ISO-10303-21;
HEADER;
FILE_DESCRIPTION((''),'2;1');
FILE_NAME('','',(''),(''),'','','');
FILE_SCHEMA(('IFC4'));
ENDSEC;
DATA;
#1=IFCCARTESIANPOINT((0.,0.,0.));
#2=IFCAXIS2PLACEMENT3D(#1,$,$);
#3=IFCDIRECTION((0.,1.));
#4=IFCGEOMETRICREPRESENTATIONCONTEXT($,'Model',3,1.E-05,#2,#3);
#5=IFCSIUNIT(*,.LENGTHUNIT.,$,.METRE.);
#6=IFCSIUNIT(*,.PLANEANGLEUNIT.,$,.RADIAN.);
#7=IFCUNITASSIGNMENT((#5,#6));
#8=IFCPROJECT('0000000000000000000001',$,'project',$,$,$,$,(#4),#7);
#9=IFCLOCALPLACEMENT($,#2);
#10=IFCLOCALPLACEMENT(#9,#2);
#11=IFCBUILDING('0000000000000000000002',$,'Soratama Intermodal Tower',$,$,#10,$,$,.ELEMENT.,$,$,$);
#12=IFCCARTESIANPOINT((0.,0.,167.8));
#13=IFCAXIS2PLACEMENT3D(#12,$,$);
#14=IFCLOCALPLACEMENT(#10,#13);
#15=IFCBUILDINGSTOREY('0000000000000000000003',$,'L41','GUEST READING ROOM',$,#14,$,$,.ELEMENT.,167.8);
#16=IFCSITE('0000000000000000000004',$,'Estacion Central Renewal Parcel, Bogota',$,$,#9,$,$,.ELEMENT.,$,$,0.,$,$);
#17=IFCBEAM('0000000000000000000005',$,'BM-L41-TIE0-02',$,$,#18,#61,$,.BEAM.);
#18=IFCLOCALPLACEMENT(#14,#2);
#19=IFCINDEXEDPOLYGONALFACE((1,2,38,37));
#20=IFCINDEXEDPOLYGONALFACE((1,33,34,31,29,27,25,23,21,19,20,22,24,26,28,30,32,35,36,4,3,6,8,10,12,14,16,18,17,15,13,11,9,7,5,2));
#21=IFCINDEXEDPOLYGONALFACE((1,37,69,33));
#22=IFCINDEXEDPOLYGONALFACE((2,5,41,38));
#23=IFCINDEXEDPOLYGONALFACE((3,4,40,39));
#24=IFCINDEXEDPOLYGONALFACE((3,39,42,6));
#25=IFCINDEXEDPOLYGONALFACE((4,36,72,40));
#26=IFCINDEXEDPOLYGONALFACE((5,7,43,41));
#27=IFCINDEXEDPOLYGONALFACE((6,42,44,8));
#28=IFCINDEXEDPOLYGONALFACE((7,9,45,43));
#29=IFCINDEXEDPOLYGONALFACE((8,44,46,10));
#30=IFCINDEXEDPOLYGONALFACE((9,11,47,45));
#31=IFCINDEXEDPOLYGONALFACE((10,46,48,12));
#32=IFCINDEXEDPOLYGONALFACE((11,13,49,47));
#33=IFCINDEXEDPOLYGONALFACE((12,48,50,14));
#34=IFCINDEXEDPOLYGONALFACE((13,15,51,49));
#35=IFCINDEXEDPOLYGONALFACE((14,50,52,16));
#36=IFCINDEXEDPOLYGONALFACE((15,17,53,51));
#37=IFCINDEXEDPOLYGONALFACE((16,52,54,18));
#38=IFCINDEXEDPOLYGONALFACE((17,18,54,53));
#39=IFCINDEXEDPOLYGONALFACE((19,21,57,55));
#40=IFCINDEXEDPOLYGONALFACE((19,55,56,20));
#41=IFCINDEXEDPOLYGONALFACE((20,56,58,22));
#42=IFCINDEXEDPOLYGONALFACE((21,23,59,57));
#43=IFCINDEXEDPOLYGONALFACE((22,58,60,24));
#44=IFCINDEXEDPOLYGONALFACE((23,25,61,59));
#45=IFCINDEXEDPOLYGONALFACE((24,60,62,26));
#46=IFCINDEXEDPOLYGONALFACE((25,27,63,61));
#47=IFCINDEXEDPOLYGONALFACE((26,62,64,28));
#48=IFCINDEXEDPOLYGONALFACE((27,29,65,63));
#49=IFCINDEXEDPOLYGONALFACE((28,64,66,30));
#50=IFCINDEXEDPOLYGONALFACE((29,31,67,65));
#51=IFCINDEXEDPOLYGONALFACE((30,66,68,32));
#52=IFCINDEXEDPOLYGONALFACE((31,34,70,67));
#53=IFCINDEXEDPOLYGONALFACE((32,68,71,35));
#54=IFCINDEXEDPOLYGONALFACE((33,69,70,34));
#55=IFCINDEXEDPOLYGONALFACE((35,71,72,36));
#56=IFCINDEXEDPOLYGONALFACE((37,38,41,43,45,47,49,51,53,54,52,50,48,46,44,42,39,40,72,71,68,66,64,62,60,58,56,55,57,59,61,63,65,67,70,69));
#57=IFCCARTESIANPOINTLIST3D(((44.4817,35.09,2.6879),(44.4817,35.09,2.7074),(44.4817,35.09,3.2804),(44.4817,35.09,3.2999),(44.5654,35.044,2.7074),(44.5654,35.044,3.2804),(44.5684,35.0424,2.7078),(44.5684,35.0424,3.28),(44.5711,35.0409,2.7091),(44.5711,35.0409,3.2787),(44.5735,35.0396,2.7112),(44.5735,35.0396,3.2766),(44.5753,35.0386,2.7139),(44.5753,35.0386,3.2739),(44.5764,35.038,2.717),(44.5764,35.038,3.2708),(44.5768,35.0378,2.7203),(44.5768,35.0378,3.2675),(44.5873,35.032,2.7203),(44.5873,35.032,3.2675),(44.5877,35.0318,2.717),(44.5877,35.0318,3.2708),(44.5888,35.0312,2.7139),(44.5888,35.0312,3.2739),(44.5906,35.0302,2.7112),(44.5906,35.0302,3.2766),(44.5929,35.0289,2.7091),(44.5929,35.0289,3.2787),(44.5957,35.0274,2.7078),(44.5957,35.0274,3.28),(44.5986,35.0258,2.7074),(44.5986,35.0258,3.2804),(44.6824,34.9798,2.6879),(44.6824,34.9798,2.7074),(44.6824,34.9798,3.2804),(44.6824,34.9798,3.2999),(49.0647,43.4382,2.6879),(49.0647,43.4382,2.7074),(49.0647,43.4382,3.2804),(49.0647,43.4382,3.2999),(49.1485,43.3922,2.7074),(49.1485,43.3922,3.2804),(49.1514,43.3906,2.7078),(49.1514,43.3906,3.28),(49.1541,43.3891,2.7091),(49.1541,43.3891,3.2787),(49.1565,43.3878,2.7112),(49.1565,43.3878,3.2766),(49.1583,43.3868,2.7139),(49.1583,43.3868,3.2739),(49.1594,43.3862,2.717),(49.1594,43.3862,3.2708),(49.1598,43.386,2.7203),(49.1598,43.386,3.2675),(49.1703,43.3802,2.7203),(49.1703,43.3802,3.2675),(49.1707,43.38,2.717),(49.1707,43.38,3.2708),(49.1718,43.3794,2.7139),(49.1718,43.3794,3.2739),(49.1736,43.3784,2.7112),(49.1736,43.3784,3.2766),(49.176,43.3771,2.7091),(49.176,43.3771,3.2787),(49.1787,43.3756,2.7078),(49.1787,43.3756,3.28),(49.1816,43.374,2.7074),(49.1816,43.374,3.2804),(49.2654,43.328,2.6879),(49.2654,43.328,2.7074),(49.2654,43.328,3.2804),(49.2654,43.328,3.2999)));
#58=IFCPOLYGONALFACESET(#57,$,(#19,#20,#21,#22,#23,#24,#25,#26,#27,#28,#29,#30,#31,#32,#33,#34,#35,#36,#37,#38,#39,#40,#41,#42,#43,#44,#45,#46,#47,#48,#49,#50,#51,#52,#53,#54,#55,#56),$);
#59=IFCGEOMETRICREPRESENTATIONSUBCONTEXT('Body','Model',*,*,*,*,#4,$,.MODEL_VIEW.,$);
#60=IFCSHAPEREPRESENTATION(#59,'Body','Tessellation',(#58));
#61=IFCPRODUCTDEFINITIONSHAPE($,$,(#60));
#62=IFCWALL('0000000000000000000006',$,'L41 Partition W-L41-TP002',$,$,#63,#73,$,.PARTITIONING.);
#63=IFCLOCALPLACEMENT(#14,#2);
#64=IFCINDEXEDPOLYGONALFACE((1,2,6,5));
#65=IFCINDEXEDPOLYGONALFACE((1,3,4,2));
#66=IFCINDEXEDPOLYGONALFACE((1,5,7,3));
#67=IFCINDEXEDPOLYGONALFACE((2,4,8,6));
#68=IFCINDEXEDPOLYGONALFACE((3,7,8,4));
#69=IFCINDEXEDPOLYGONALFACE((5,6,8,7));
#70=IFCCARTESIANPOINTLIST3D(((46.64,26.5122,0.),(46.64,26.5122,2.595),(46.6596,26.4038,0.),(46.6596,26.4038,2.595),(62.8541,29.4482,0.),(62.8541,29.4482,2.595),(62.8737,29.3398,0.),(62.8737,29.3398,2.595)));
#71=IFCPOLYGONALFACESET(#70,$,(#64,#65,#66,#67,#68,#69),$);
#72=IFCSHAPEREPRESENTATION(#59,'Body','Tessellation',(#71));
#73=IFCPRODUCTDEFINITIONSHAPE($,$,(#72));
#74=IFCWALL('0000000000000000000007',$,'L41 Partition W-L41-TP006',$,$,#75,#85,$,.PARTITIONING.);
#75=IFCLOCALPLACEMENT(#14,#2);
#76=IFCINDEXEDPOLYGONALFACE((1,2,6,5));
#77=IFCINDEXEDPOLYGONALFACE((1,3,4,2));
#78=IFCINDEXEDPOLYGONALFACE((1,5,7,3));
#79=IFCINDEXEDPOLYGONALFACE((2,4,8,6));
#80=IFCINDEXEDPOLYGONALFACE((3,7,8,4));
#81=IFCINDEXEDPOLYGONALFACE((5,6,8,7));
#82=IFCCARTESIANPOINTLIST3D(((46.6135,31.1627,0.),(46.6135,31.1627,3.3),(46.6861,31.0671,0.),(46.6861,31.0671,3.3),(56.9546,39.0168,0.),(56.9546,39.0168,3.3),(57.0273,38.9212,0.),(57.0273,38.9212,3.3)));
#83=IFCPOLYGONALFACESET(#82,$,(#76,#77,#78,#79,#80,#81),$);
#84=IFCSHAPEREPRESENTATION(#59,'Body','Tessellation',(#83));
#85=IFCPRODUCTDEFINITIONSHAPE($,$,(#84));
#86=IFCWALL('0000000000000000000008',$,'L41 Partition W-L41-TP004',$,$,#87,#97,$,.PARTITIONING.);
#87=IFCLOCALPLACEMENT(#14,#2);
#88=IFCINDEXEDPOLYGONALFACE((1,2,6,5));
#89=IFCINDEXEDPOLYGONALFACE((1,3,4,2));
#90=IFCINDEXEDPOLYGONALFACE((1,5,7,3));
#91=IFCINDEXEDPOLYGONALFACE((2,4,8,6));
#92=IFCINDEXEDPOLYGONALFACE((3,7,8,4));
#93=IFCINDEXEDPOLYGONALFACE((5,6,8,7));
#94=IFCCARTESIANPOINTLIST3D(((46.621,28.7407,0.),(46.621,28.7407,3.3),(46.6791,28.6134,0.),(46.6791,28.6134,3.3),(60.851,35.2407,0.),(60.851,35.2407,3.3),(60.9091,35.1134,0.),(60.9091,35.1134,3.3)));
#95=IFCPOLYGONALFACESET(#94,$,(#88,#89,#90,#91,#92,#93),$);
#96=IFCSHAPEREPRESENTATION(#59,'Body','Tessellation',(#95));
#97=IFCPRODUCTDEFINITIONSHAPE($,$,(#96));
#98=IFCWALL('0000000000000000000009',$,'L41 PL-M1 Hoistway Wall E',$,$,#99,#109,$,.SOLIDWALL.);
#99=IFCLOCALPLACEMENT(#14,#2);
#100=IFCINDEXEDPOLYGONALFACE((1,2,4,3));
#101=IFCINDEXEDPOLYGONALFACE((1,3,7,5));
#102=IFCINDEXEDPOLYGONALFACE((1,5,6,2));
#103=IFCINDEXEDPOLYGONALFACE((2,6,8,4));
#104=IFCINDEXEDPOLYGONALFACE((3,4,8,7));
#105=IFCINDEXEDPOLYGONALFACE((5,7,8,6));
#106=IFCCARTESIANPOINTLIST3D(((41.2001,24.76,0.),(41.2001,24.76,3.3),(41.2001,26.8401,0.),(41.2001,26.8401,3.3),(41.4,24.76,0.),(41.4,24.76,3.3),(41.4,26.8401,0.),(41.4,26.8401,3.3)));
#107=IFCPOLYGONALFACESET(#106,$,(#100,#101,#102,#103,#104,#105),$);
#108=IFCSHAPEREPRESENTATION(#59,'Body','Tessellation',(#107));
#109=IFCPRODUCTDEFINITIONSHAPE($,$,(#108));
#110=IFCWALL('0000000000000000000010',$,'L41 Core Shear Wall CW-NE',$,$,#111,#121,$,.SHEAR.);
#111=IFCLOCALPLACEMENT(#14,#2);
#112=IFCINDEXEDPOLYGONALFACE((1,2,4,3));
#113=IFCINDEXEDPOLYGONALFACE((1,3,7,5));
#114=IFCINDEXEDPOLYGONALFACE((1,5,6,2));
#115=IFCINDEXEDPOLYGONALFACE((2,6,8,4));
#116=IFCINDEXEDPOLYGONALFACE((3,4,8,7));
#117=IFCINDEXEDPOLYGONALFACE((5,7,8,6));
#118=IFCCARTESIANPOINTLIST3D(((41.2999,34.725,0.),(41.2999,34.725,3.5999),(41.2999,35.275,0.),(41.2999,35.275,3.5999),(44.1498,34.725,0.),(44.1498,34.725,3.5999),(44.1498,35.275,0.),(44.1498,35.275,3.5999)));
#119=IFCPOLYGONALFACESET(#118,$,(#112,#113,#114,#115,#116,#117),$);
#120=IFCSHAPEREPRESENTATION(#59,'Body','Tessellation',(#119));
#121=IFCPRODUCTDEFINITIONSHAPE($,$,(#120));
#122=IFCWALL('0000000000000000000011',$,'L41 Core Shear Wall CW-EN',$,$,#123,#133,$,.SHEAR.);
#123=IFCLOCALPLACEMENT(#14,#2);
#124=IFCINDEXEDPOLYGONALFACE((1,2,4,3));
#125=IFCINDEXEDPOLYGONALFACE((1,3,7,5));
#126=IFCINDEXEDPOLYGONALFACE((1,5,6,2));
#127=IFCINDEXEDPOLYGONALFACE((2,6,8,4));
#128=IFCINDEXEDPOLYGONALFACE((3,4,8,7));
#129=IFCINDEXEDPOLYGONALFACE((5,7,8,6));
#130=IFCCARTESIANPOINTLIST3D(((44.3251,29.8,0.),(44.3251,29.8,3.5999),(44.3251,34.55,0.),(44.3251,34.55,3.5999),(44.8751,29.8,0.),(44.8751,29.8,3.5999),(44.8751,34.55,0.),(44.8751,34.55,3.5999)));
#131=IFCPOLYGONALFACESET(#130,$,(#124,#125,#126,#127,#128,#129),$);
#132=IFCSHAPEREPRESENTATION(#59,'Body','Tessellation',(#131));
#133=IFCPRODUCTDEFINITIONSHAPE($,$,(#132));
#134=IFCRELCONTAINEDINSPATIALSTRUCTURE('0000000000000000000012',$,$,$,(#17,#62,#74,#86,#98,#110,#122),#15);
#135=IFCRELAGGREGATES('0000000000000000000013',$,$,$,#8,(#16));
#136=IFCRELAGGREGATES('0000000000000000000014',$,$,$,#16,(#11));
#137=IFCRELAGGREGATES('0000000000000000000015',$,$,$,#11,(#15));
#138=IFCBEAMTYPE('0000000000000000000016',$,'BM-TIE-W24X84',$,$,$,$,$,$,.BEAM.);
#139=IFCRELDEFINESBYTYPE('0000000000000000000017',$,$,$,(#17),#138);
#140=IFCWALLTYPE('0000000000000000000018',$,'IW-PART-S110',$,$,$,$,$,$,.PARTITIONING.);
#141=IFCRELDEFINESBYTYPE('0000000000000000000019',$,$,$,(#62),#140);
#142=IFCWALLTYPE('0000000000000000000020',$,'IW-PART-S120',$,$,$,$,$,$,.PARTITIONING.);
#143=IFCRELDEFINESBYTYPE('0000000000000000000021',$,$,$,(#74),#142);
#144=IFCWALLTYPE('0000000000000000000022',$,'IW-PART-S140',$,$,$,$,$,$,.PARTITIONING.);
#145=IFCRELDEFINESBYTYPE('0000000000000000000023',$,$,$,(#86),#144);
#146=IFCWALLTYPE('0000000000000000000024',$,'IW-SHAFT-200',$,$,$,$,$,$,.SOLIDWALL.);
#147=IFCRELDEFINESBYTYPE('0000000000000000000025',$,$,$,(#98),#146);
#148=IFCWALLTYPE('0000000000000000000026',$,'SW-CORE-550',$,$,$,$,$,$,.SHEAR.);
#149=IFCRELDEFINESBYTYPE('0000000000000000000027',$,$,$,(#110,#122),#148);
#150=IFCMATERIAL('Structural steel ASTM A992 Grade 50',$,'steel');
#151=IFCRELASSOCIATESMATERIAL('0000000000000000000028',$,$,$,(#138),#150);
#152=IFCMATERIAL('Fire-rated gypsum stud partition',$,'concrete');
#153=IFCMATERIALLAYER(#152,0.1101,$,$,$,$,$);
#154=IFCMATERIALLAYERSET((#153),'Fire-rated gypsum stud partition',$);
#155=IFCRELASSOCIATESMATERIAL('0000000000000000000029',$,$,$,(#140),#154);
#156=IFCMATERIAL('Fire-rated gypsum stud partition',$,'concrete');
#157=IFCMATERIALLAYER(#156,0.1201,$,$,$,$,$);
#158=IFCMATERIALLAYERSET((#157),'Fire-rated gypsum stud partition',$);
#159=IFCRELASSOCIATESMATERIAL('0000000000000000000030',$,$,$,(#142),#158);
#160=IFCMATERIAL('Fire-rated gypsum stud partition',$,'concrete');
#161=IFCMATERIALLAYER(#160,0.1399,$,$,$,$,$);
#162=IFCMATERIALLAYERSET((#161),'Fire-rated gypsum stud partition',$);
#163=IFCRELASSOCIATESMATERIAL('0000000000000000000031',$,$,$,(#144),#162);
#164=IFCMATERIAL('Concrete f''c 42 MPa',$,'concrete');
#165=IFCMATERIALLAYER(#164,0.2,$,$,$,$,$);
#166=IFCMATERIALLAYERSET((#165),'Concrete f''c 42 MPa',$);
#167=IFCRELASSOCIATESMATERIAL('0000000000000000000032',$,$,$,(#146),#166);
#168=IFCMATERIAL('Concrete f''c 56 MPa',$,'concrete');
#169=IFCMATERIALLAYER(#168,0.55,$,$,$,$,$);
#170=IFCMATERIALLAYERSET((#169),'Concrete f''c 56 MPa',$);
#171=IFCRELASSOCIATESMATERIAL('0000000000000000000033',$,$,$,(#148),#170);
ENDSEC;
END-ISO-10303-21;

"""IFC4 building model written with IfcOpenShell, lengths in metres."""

from ifc_helpers import new_model, si_unit, direction, frame, frame_2d, origin, origin_2d, place, context, subcontext, project, spatial, rectangle, i_section, extrude, material, layer, layer_set, material_profile, profile_set, type_object, element, save


model = new_model("IFC4")

# Units and contexts
model_context = context("Model", 3, precision=1e-05, world=origin(), true_north=direction((0.0, 1.0)))
body_context = subcontext(model_context, "Body", "Model", "MODEL_VIEW")
ifc_project = project(units=[si_unit("LENGTHUNIT", "METRE"), si_unit("PLANEANGLEUNIT", "RADIAN")], contexts=[model_context])

# Site, building, storey
site_placement = place(None, origin())
site = spatial("IfcSite", under=ifc_project, at=site_placement, Name="Estacion Central Renewal Parcel, Bogota", CompositionType="ELEMENT", RefElevation=0.0)
building_placement = place(site_placement, origin())
building = spatial("IfcBuilding", under=site, at=building_placement, Name="Soratama Intermodal Tower", CompositionType="ELEMENT")
storey_placement = place(building_placement, frame((0.0, 0.0, 167.8)))
storey = spatial("IfcBuildingStorey", under=building, at=storey_placement, Name="L41", Description="GUEST READING ROOM", CompositionType="ELEMENT", Elevation=167.8)

# Beam
ifc_material_1 = material(Name="Structural steel ASTM A992 Grade 50", Category="steel")
ifc_material_profile_1 = material_profile(ifc_material_1, i_section(OverallWidth=0.229, OverallDepth=0.6121, WebThickness=0.012, FlangeThickness=0.0195, FilletRadius=0.0129, at=origin_2d()), Name="W24X84")
ifc_profile_set_1 = profile_set([ifc_material_profile_1], Name="Structural steel ASTM A992 Grade 50")
beam_type_1 = type_object("IfcBeamType", Name="BM-TIE-W24X84", PredefinedType="BEAM", material=ifc_profile_set_1)
beam_1_placement = place(storey_placement, frame((44.582, 35.0349, 2.9939), z_axis=(0.481236, 0.876591, 0.0), x_axis=(-0.876591, 0.481236, 0.0)))
element("IfcBeam", 1, at=beam_1_placement, inside=storey, type_object=beam_type_1, Name="BM-L41-TIE0-02", PredefinedType="BEAM", context=body_context, shape_type="SweptSolid", body=[
    extrude(i_section(OverallWidth=0.229, OverallDepth=0.6121, WebThickness=0.012, FlangeThickness=0.0195, FilletRadius=0.0129, at=origin_2d()), origin(), (0.0, 0.0, 1.0), 9.5234),
])

# Walls
ifc_material_2 = material(Name="Fire-rated gypsum stud partition", Category="concrete")
ifc_layer_1 = layer(ifc_material_2, 0.1101)
ifc_layer_set_1 = layer_set([ifc_layer_1], Name="Fire-rated gypsum stud partition")
wall_type_1 = type_object("IfcWallType", Name="IW-PART-S110", PredefinedType="PARTITIONING", material=ifc_layer_set_1)
wall_1_placement = place(storey_placement, frame((46.6499, 26.458, 0.0), z_axis=(0.0, 0.0, 1.0), x_axis=(0.983998, 0.178181, 0.0)))
element("IfcWall", 2, at=wall_1_placement, inside=storey, type_object=wall_type_1, Name="L41 Partition W-L41-TP002", PredefinedType="PARTITIONING", context=body_context, shape_type="SweptSolid", body=[
    extrude(rectangle(XDim=16.4778, YDim=0.1101, at=frame_2d((8.2388, 0.0))), origin(), (0.0, 0.0, 1.0), 2.595),
])
ifc_material_3 = material(Name="Fire-rated gypsum stud partition", Category="concrete")
ifc_layer_2 = layer(ifc_material_3, 0.1201)
ifc_layer_set_2 = layer_set([ifc_layer_2], Name="Fire-rated gypsum stud partition")
wall_type_2 = type_object("IfcWallType", Name="IW-PART-S120", PredefinedType="PARTITIONING", material=ifc_layer_set_2)
wall_2_placement = place(storey_placement, frame((46.6499, 31.115, 0.0), z_axis=(0.0, 0.0, 1.0), x_axis=(0.796355, 0.604829, 0.0)))
element("IfcWall", 3, at=wall_2_placement, inside=storey, type_object=wall_type_2, Name="L41 Partition W-L41-TP006", PredefinedType="PARTITIONING", context=body_context, shape_type="SweptSolid", body=[
    extrude(rectangle(XDim=12.9856, YDim=0.1201, at=frame_2d((6.4927, 0.0))), origin(), (0.0, 0.0, 1.0), 3.3),
])
ifc_material_4 = material(Name="Fire-rated gypsum stud partition", Category="concrete")
ifc_layer_3 = layer(ifc_material_4, 0.1399)
ifc_layer_set_3 = layer_set([ifc_layer_3], Name="Fire-rated gypsum stud partition")
wall_type_3 = type_object("IfcWallType", Name="IW-PART-S140", PredefinedType="PARTITIONING", material=ifc_layer_set_3)
wall_3_placement = place(storey_placement, frame((46.6499, 28.677, 0.0), z_axis=(0.0, 0.0, 1.0), x_axis=(0.909599, 0.415488, 0.0)))
element("IfcWall", 4, at=wall_3_placement, inside=storey, type_object=wall_type_3, Name="L41 Partition W-L41-TP004", PredefinedType="PARTITIONING", context=body_context, shape_type="SweptSolid", body=[
    extrude(rectangle(XDim=15.6443, YDim=0.1399, at=frame_2d((7.8223, 0.0))), origin(), (0.0, 0.0, 1.0), 3.3),
])
ifc_material_5 = material(Name="Concrete f'c 42 MPa", Category="concrete")
ifc_layer_4 = layer(ifc_material_5, 0.2)
ifc_layer_set_4 = layer_set([ifc_layer_4], Name="Concrete f'c 42 MPa")
wall_type_4 = type_object("IfcWallType", Name="IW-SHAFT-200", PredefinedType="SOLIDWALL", material=ifc_layer_set_4)
wall_4_placement = place(storey_placement, frame((41.3, 24.76, 0.0), z_axis=(0.0, 0.0, 1.0), x_axis=(0.0, 1.0, 0.0)))
element("IfcWall", 5, at=wall_4_placement, inside=storey, type_object=wall_type_4, Name="L41 PL-M1 Hoistway Wall E", PredefinedType="SOLIDWALL", context=body_context, shape_type="SweptSolid", body=[
    extrude(rectangle(XDim=2.0801, YDim=0.2, at=frame_2d((1.04, 0.0))), origin(), (0.0, 0.0, 1.0), 3.3),
])
ifc_material_6 = material(Name="Concrete f'c 56 MPa", Category="concrete")
ifc_layer_5 = layer(ifc_material_6, 0.55)
ifc_layer_set_5 = layer_set([ifc_layer_5], Name="Concrete f'c 56 MPa")
wall_type_5 = type_object("IfcWallType", Name="SW-CORE-550", PredefinedType="SHEAR", material=ifc_layer_set_5)
wall_5_placement = place(storey_placement, frame((41.3, 35.0, 0.0), z_axis=(0.0, 0.0, 1.0), x_axis=(1.0, 0.0, 0.0)))
element("IfcWall", 6, at=wall_5_placement, inside=storey, type_object=wall_type_5, Name="L41 Core Shear Wall CW-NE", PredefinedType="SHEAR", context=body_context, shape_type="SweptSolid", body=[
    extrude(rectangle(XDim=2.8499, YDim=0.55, at=frame_2d((1.4248, 0.0))), origin(), (0.0, 0.0, 1.0), 3.5999),
])
wall_6_placement = place(storey_placement, frame((44.6001, 29.8, 0.0), z_axis=(0.0, 0.0, 1.0), x_axis=(0.0, 1.0, 0.0)))
element("IfcWall", 7, at=wall_6_placement, inside=storey, type_object=wall_type_5, Name="L41 Core Shear Wall CW-EN", PredefinedType="SHEAR", context=body_context, shape_type="SweptSolid", body=[
    extrude(rectangle(XDim=4.75, YDim=0.55, at=frame_2d((2.375, 0.0))), origin(), (0.0, 0.0, 1.0), 3.5999),
])

save(model, "model.ifc")
